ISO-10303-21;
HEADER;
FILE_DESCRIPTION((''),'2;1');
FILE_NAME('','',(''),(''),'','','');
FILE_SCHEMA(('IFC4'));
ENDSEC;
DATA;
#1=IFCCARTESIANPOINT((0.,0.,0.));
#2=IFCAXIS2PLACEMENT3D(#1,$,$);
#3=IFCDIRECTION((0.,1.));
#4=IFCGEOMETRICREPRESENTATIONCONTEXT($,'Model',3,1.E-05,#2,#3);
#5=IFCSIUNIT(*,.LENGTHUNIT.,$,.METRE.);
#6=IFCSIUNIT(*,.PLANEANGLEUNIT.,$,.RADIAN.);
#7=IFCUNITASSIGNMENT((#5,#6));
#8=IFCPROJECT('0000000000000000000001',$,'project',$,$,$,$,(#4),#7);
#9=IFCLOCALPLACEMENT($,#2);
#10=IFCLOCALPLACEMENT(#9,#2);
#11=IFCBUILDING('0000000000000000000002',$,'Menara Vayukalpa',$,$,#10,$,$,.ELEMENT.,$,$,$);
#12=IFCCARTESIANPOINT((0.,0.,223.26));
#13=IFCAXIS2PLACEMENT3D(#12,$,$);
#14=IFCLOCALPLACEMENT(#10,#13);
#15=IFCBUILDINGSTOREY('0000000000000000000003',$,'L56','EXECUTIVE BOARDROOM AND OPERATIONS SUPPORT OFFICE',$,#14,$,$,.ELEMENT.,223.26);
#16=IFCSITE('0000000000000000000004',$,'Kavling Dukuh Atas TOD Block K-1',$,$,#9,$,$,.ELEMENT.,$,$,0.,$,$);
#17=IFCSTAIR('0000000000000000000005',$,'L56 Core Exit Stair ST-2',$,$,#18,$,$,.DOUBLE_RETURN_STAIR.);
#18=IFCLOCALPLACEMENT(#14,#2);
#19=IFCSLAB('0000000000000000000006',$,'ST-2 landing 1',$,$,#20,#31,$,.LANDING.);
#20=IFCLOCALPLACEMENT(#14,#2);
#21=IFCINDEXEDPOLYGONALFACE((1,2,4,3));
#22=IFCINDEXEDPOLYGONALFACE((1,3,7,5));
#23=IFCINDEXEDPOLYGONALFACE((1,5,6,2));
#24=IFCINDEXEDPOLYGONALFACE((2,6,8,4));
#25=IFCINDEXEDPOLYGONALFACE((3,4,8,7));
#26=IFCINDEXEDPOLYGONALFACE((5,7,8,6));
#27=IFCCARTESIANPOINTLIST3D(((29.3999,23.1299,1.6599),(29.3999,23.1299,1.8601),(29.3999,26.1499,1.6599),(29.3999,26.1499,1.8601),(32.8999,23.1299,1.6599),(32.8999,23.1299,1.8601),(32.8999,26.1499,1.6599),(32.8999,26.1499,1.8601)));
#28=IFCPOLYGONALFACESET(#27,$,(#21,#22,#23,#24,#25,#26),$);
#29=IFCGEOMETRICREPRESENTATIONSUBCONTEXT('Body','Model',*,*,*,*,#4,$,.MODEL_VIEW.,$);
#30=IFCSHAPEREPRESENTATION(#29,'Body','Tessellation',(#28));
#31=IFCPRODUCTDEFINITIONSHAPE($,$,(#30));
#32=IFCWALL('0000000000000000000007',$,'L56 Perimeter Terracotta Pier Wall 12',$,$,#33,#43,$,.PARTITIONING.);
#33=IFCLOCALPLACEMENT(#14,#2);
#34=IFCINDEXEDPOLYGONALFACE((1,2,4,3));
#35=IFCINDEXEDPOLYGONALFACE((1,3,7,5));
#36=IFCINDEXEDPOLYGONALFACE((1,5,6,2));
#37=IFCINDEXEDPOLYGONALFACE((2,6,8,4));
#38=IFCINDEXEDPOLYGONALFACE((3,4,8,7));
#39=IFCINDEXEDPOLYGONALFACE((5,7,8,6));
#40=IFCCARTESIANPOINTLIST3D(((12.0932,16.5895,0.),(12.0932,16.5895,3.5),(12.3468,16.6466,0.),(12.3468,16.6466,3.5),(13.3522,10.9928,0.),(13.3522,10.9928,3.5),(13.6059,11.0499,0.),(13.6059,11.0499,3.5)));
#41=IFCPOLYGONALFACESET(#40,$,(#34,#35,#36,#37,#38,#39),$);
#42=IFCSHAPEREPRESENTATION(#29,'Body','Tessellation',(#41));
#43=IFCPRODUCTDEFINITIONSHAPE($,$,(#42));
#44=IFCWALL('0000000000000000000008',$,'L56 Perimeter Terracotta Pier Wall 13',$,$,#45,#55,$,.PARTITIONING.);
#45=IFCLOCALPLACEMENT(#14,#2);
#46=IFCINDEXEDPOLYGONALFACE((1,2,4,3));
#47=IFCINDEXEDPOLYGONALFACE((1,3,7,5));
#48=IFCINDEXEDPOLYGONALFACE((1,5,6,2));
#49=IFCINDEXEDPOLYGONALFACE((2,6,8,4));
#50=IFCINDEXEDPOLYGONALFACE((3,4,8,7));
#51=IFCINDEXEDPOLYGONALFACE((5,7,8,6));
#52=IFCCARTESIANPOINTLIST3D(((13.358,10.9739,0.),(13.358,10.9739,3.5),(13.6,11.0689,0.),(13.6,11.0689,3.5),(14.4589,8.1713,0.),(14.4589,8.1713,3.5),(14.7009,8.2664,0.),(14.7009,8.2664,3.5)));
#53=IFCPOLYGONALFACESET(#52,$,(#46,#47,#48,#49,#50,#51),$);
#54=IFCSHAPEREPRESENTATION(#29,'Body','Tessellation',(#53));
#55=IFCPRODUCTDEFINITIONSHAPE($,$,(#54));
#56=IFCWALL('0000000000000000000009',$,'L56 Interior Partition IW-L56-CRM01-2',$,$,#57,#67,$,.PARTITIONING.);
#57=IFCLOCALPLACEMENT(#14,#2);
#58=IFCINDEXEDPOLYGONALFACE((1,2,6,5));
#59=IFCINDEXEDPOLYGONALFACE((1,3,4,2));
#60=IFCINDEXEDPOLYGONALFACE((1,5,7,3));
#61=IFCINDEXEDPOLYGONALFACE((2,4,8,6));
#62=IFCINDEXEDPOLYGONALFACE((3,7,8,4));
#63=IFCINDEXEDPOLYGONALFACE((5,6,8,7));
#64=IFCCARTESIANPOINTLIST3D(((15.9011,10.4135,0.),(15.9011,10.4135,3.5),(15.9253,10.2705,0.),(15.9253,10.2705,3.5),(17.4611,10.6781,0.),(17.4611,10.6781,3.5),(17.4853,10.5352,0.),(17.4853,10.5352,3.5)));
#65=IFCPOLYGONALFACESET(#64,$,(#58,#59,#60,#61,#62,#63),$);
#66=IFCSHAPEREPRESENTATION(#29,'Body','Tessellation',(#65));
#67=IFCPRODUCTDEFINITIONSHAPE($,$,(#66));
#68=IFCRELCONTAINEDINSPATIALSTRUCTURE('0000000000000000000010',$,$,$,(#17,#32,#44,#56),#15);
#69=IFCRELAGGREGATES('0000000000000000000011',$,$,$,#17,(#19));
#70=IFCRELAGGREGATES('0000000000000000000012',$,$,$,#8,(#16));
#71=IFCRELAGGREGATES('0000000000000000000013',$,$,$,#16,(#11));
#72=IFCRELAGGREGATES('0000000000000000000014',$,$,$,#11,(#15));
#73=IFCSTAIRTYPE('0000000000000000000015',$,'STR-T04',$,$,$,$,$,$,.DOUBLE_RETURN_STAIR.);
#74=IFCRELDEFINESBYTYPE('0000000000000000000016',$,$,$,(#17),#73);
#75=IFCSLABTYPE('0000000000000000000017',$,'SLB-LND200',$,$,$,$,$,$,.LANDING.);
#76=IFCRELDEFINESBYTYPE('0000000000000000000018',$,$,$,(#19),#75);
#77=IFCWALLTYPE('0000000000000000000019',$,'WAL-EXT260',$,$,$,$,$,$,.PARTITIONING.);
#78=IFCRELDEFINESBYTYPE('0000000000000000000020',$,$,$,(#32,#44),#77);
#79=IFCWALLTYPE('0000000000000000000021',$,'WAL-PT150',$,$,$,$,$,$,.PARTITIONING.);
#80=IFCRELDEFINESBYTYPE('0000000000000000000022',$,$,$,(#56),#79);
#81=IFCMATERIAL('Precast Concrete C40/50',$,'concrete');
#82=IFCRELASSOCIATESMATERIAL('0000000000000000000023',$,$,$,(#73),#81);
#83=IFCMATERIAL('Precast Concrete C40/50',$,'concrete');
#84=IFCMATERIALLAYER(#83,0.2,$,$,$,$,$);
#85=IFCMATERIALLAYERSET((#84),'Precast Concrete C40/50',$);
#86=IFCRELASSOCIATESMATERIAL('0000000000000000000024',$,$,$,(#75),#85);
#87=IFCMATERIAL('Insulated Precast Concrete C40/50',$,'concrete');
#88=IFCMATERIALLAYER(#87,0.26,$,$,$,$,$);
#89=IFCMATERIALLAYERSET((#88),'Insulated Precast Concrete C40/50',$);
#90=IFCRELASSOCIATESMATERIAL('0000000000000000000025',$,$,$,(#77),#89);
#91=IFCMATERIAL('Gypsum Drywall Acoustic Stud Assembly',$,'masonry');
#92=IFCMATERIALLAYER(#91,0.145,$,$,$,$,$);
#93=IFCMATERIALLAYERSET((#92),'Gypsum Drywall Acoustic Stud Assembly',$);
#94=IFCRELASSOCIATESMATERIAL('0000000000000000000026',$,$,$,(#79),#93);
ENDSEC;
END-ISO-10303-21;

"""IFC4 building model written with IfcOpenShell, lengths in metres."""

from ifc_helpers import new_model, si_unit, direction, frame, frame_2d, origin, place, context, subcontext, project, spatial, polyline, rectangle, outline, extrude, material, layer, layer_set, type_object, element, aggregate, save


model = new_model("IFC4")

# Units and contexts
model_context = context("Model", 3, precision=1e-05, world=origin(), true_north=direction((0.0, 1.0)))
body_context = subcontext(model_context, "Body", "Model", "MODEL_VIEW")
ifc_project = project(units=[si_unit("LENGTHUNIT", "METRE"), si_unit("PLANEANGLEUNIT", "RADIAN")], contexts=[model_context])

# Site, building, storey
site_placement = place(None, origin())
site = spatial("IfcSite", under=ifc_project, at=site_placement, Name="Kavling Dukuh Atas TOD Block K-1", CompositionType="ELEMENT", RefElevation=0.0)
building_placement = place(site_placement, origin())
building = spatial("IfcBuilding", under=site, at=building_placement, Name="Menara Vayukalpa", CompositionType="ELEMENT")
storey_placement = place(building_placement, frame((0.0, 0.0, 223.26)))
storey = spatial("IfcBuildingStorey", under=building, at=storey_placement, Name="L56", Description="EXECUTIVE BOARDROOM AND OPERATIONS SUPPORT OFFICE", CompositionType="ELEMENT", Elevation=223.26)

# Stair, slab
ifc_material_1 = material(Name="Precast Concrete C40/50", Category="concrete")
stair_type = type_object("IfcStairType", Name="STR-T04", PredefinedType="DOUBLE_RETURN_STAIR", material=ifc_material_1)
ifc_material_2 = material(Name="Precast Concrete C40/50", Category="concrete")
ifc_layer_1 = layer(ifc_material_2, 0.2)
ifc_layer_set_1 = layer_set([ifc_layer_1], Name="Precast Concrete C40/50")
slab_type_1 = type_object("IfcSlabType", Name="SLB-LND200", PredefinedType="LANDING", material=ifc_layer_set_1)
stair_1_placement = place(storey_placement, origin())
stair_1 = element("IfcStair", 1, at=stair_1_placement, inside=storey, type_object=stair_type, Name="L56 Core Exit Stair ST-2", PredefinedType="DOUBLE_RETURN_STAIR")
slab_1_placement = place(storey_placement, frame((0.0, 0.0, 1.6599)))
slab_1 = element("IfcSlab", 2, at=slab_1_placement, type_object=slab_type_1, Name="ST-2 landing 1", PredefinedType="LANDING", context=body_context, shape_type="SweptSolid", body=[
    extrude(outline(polyline([(32.8999, 23.1299), (32.8999, 26.1499), (29.3999, 26.1499), (29.3999, 23.1299), (32.8999, 23.1299)])), origin(), (0.0, 0.0, 1.0), 0.2002),
])
aggregate(stair_1, [slab_1])

# Walls
ifc_material_3 = material(Name="Insulated Precast Concrete C40/50", Category="concrete")
ifc_layer_2 = layer(ifc_material_3, 0.26)
ifc_layer_set_2 = layer_set([ifc_layer_2], Name="Insulated Precast Concrete C40/50")
wall_type_1 = type_object("IfcWallType", Name="WAL-EXT260", PredefinedType="PARTITIONING", material=ifc_layer_set_2)
wall_1_placement = place(storey_placement, frame((13.479, 11.0215, 0.0), z_axis=(0.0, 0.0, 1.0), x_axis=(-0.219476, 0.975618, 0.0)))
element("IfcWall", 3, at=wall_1_placement, inside=storey, type_object=wall_type_1, Name="L56 Perimeter Terracotta Pier Wall 12", PredefinedType="PARTITIONING", context=body_context, shape_type="SweptSolid", body=[
    extrude(rectangle(XDim=5.7366, YDim=0.26, at=frame_2d((2.8682, 0.0))), origin(), (0.0, 0.0, 1.0), 3.5),
])
wall_2_placement = place(storey_placement, frame((14.5798, 8.219, 0.0), z_axis=(0.0, 0.0, 1.0), x_axis=(-0.36561, 0.930768, 0.0)))
element("IfcWall", 4, at=wall_2_placement, inside=storey, type_object=wall_type_1, Name="L56 Perimeter Terracotta Pier Wall 13", PredefinedType="PARTITIONING", context=body_context, shape_type="SweptSolid", body=[
    extrude(rectangle(XDim=3.011, YDim=0.26, at=frame_2d((1.5054, 0.0))), origin(), (0.0, 0.0, 1.0), 3.5),
])
ifc_material_4 = material(Name="Gypsum Drywall Acoustic Stud Assembly", Category="masonry")
ifc_layer_3 = layer(ifc_material_4, 0.145)
ifc_layer_set_3 = layer_set([ifc_layer_3], Name="Gypsum Drywall Acoustic Stud Assembly")
wall_type_2 = type_object("IfcWallType", Name="WAL-PT150", PredefinedType="PARTITIONING", material=ifc_layer_set_3)
wall_3_placement = place(storey_placement, frame((15.9133, 10.342, 0.0), z_axis=(0.0, 0.0, 1.0), x_axis=(0.985914, 0.167251, 0.0)))
element("IfcWall", 5, at=wall_3_placement, inside=storey, type_object=wall_type_2, Name="L56 Interior Partition IW-L56-CRM01-2", PredefinedType="PARTITIONING", context=body_context, shape_type="SweptSolid", body=[
    extrude(rectangle(XDim=1.5823, YDim=0.145, at=frame_2d((0.791, 0.0))), origin(), (0.0, 0.0, 1.0), 3.5),
])

save(model, "model.ifc")
